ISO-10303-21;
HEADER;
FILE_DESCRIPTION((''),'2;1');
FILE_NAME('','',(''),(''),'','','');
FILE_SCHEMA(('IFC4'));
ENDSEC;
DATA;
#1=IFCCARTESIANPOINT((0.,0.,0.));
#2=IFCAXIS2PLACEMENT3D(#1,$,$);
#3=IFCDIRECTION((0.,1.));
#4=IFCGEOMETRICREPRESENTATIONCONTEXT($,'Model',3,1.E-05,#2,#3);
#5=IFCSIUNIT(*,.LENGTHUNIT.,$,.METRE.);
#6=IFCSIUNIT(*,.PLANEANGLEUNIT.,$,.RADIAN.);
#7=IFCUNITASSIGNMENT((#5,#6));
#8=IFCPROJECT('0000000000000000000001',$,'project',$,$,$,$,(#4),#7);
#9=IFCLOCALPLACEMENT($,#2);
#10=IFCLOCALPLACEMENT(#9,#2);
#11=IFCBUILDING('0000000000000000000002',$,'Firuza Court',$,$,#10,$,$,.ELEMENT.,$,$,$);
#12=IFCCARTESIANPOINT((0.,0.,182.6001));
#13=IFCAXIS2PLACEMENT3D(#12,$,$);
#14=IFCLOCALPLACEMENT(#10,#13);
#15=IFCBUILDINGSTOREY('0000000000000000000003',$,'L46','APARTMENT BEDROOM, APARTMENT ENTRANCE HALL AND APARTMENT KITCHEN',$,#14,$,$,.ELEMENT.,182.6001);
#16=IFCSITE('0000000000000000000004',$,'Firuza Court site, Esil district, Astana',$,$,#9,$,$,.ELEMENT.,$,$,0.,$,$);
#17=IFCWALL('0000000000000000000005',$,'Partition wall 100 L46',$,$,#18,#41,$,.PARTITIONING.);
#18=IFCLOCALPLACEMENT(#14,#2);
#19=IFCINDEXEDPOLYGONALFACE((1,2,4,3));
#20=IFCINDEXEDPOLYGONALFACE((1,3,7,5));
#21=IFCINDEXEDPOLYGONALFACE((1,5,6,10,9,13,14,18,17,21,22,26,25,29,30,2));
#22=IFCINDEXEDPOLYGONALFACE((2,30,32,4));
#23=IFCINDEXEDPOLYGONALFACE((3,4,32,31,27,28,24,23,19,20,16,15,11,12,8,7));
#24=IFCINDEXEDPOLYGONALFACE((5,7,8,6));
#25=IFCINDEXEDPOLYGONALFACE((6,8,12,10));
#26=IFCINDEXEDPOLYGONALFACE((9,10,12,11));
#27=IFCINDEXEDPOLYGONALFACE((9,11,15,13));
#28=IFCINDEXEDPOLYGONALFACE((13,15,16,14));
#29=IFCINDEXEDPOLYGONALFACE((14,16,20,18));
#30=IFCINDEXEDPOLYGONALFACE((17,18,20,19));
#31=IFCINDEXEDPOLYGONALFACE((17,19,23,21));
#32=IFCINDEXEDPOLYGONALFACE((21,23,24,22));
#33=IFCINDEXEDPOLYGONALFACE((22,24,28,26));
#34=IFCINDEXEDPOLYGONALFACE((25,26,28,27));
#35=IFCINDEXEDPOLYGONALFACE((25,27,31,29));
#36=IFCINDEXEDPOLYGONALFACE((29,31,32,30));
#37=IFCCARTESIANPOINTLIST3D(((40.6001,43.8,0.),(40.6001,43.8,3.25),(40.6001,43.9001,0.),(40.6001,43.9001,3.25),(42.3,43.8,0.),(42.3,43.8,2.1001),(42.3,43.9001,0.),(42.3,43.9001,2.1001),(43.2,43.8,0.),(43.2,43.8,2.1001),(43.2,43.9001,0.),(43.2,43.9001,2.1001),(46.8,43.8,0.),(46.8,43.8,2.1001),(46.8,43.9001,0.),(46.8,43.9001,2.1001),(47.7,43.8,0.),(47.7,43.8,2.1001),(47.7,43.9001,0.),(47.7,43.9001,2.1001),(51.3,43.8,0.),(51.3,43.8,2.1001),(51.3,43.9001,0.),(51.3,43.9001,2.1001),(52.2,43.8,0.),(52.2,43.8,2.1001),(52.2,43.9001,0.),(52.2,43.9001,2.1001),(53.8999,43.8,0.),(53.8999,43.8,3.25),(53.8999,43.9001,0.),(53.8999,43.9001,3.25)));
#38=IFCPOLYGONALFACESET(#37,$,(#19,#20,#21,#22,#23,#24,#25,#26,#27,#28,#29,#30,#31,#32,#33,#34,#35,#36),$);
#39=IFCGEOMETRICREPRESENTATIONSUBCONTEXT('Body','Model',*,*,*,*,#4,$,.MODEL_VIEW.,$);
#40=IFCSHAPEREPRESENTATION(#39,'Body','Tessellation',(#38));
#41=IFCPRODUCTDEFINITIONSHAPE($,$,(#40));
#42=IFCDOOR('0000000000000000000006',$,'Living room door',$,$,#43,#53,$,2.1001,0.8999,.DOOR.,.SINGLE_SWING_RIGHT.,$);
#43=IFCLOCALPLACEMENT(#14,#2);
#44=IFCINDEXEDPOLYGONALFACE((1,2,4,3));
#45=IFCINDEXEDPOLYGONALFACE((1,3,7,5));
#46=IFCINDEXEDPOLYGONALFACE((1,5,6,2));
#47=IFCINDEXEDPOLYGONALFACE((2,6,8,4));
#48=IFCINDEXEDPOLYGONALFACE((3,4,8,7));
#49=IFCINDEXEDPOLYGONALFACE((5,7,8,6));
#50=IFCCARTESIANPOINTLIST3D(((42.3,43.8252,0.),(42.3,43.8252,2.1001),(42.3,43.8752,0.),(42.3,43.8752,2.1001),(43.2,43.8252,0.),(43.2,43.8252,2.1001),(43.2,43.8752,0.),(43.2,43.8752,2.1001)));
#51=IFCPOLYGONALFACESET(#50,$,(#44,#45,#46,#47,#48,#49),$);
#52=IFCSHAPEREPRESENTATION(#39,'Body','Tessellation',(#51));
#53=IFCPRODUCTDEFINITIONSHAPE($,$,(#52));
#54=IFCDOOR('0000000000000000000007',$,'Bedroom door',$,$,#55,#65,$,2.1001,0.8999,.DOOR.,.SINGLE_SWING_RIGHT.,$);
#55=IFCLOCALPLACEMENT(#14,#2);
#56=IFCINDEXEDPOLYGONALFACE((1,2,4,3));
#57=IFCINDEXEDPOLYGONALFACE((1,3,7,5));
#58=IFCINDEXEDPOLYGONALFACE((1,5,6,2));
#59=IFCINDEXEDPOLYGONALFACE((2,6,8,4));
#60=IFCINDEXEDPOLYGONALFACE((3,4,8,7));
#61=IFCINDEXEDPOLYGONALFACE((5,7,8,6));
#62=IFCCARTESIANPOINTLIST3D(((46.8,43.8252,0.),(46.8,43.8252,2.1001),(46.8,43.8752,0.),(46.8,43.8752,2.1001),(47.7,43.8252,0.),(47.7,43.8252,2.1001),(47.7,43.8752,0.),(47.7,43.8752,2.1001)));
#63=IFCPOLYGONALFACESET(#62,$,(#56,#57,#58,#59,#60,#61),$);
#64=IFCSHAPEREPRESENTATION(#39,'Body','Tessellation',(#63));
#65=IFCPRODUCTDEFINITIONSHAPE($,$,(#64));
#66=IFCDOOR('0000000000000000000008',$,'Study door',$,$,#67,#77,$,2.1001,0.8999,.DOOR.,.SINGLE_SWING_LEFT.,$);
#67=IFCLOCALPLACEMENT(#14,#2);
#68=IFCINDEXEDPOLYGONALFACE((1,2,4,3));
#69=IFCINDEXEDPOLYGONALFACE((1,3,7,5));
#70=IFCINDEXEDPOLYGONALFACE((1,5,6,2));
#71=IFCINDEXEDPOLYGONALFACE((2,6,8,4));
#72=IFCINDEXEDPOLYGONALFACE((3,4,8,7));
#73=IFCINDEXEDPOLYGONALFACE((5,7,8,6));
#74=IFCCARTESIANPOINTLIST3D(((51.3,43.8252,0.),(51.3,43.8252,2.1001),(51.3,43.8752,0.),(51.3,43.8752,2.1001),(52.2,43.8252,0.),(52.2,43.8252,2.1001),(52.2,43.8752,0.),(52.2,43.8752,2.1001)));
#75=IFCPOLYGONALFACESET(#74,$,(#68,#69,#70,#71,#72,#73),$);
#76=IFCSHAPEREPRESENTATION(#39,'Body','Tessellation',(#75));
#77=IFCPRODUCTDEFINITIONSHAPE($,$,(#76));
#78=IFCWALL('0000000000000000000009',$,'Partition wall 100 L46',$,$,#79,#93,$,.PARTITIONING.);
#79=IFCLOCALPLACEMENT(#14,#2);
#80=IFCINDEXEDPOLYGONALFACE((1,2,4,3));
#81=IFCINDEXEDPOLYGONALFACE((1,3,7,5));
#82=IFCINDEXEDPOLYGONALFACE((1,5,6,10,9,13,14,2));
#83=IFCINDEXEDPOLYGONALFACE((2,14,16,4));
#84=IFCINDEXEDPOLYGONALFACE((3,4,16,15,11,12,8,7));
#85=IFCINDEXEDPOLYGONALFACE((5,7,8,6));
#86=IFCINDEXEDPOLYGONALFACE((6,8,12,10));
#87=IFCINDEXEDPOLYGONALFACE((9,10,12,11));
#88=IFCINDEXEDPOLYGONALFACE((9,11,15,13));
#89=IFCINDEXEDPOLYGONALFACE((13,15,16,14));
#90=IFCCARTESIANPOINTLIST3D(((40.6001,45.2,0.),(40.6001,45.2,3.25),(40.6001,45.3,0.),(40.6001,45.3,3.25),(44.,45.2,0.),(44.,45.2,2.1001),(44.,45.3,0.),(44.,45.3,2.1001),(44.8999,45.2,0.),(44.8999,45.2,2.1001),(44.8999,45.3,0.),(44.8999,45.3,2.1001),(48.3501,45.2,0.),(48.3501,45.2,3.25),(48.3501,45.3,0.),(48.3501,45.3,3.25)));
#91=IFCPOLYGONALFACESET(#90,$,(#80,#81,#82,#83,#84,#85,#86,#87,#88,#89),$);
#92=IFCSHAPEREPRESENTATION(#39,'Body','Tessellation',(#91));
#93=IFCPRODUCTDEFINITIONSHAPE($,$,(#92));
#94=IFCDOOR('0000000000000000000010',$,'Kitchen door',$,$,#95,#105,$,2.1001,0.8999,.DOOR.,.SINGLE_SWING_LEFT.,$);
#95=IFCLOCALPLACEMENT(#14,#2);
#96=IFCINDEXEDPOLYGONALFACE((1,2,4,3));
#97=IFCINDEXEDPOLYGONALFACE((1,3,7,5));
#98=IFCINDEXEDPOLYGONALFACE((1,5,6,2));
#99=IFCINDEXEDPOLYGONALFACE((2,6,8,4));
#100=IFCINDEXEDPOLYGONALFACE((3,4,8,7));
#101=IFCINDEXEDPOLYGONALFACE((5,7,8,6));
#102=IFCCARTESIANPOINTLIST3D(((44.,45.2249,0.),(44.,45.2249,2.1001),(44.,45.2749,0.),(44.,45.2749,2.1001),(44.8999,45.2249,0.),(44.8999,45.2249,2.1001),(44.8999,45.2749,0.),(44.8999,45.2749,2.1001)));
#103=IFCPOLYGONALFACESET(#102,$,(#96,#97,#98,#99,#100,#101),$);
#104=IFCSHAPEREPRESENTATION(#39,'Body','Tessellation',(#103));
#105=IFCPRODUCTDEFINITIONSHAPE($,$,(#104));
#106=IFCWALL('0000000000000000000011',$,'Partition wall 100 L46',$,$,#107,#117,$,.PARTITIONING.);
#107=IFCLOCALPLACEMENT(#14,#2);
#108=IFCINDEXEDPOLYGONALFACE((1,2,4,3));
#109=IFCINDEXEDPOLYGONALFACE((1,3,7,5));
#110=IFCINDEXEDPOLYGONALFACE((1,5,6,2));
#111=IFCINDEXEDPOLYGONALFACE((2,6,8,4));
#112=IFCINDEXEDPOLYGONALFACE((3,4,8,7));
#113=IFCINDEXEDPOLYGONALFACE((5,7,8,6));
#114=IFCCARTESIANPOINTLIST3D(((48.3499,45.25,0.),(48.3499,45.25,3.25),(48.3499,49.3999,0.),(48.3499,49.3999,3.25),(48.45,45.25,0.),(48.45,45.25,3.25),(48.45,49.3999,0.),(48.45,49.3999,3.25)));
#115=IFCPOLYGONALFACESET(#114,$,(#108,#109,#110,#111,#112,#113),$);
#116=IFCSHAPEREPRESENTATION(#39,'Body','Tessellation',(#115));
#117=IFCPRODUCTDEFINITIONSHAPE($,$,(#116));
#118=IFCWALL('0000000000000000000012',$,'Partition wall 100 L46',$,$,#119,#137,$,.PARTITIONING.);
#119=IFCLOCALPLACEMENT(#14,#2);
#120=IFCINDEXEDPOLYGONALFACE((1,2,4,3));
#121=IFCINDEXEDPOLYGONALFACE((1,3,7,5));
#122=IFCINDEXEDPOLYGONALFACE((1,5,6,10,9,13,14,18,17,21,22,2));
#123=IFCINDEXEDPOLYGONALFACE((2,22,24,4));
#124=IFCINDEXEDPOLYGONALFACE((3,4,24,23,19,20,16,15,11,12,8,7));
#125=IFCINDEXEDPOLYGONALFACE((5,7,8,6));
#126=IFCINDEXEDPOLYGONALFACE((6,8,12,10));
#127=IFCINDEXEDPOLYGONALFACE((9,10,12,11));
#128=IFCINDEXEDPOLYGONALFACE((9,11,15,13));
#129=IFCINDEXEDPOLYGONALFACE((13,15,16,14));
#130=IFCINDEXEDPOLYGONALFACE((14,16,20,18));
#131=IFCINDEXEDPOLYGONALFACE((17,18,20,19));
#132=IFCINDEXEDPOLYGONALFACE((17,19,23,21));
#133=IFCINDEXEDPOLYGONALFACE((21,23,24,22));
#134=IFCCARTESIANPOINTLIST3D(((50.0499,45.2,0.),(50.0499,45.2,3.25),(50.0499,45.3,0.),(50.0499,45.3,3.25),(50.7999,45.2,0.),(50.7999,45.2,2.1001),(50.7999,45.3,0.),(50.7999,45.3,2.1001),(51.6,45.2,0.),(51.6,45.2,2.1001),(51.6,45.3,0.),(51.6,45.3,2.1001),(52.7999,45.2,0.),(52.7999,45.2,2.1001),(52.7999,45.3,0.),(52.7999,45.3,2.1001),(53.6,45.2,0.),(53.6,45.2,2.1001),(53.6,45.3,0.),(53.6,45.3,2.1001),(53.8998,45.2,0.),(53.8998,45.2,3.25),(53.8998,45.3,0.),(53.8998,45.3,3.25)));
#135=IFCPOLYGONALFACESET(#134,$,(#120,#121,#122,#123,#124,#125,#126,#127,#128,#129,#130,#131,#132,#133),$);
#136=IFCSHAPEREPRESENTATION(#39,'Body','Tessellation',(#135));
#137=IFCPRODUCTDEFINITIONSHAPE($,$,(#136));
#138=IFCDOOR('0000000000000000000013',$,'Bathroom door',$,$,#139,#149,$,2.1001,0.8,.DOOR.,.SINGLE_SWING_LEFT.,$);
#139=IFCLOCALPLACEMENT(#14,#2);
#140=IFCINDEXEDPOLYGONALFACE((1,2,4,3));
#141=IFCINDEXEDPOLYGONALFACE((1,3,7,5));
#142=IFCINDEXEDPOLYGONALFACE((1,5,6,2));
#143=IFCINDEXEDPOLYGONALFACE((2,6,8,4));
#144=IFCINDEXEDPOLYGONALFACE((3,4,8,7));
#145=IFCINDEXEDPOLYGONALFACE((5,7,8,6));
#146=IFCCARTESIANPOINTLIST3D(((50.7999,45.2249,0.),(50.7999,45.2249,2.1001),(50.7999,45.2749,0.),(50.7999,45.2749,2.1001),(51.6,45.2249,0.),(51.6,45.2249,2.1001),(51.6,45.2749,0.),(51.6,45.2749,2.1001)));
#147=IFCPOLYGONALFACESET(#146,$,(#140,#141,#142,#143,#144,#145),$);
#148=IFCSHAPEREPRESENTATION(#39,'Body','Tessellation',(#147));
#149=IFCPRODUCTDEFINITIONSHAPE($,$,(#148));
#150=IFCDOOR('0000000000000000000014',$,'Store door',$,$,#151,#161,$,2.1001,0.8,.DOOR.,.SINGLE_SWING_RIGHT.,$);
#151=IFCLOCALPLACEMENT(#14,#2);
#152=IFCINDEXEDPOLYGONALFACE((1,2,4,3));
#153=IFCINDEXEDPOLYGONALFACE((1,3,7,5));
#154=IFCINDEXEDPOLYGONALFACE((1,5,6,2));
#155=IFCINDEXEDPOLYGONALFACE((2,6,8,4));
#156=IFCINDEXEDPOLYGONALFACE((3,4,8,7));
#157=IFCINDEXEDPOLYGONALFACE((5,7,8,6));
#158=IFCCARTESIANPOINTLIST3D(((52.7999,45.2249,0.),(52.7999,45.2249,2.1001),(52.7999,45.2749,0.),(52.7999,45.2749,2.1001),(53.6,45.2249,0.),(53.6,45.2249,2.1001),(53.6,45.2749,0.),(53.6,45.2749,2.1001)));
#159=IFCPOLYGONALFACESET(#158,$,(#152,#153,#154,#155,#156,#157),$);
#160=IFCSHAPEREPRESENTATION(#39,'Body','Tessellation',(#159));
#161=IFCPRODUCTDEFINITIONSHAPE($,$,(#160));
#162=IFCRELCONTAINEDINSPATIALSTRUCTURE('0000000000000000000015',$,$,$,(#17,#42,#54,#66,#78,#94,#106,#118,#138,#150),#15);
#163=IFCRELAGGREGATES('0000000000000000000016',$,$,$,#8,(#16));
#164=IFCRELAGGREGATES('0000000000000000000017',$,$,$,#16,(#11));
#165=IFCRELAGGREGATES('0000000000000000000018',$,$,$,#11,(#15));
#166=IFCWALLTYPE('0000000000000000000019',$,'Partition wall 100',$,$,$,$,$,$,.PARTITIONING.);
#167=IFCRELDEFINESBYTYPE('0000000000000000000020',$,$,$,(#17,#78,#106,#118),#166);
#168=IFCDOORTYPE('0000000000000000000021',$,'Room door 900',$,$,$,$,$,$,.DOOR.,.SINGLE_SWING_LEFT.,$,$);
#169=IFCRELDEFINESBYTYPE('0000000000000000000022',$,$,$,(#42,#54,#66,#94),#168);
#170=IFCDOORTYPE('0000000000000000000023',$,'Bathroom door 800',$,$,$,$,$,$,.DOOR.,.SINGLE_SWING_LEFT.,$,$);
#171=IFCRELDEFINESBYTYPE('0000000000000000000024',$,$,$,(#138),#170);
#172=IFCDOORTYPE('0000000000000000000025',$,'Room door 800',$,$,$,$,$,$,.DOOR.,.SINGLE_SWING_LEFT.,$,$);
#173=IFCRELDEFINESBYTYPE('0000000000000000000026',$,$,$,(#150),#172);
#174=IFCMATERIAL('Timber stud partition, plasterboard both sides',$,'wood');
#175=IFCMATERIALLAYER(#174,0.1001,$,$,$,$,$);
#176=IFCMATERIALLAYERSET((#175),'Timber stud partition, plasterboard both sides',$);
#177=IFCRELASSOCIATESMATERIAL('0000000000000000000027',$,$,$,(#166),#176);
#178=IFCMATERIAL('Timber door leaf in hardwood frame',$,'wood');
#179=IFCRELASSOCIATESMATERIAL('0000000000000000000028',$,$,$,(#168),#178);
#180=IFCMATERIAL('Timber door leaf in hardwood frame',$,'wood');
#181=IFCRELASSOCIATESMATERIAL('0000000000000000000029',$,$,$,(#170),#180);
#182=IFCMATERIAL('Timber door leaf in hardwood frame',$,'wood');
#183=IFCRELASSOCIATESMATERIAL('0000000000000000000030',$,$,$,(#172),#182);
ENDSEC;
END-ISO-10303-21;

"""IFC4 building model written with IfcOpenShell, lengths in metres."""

from ifc_helpers import new_model, si_unit, direction, frame, frame_2d, origin, place, context, subcontext, project, spatial, rectangle, extrude, material, layer, layer_set, type_object, element, fill, save


model = new_model("IFC4")

# Units and contexts
model_context = context("Model", 3, precision=1e-05, world=origin(), true_north=direction((0.0, 1.0)))
body_context = subcontext(model_context, "Body", "Model", "MODEL_VIEW")
ifc_project = project(units=[si_unit("LENGTHUNIT", "METRE"), si_unit("PLANEANGLEUNIT", "RADIAN")], contexts=[model_context])

# Site, building, storey
site_placement = place(None, origin())
site = spatial("IfcSite", under=ifc_project, at=site_placement, Name="Firuza Court site, Esil district, Astana", CompositionType="ELEMENT", RefElevation=0.0)
building_placement = place(site_placement, origin())
building = spatial("IfcBuilding", under=site, at=building_placement, Name="Firuza Court", CompositionType="ELEMENT")
storey_placement = place(building_placement, frame((0.0, 0.0, 182.6001)))
storey = spatial("IfcBuildingStorey", under=building, at=storey_placement, Name="L46", Description="APARTMENT BEDROOM, APARTMENT ENTRANCE HALL AND APARTMENT KITCHEN", CompositionType="ELEMENT", Elevation=182.6001)

# Shared definitions
ifc_material_1 = material(Name="Timber stud partition, plasterboard both sides", Category="wood")
ifc_layer_1 = layer(ifc_material_1, 0.1001)
ifc_layer_set_1 = layer_set([ifc_layer_1], Name="Timber stud partition, plasterboard both sides")
wall_type_1 = type_object("IfcWallType", Name="Partition wall 100", PredefinedType="PARTITIONING", material=ifc_layer_set_1)

# Wall, openings, doors
wall_1_placement = place(storey_placement, frame((40.6001, 43.8501, 0.0), z_axis=(0.0, 0.0, 1.0), x_axis=(1.0, 0.0, 0.0)))
wall_1 = element("IfcWall", 1, at=wall_1_placement, inside=storey, type_object=wall_type_1, Name="Partition wall 100 L46", PredefinedType="PARTITIONING", context=body_context, shape_type="SweptSolid", body=[
    extrude(rectangle(XDim=13.2998, YDim=0.1001, at=frame_2d((6.6499, 0.0))), origin(), (0.0, 0.0, 1.0), 3.25),
])
opening_1_placement = place(wall_1_placement, frame((1.7, 0.0, 0.0)))
opening_1 = element("IfcOpeningElement", 2, at=opening_1_placement, cuts=wall_1, PredefinedType="OPENING", context=body_context, shape_type="SweptSolid", body=[
    extrude(rectangle(XDim=0.8999, YDim=2.1001, at=frame_2d((0.45, 1.05))), frame((0.0, 0.062, 0.0), z_axis=(0.0, -1.0, 0.0), x_axis=(1.0, 0.0, 0.0)), (0.0, 0.0, 1.0), 0.124),
])
opening_2_placement = place(wall_1_placement, frame((6.2, 0.0, 0.0)))
opening_2 = element("IfcOpeningElement", 3, at=opening_2_placement, cuts=wall_1, PredefinedType="OPENING", context=body_context, shape_type="SweptSolid", body=[
    extrude(rectangle(XDim=0.8999, YDim=2.1001, at=frame_2d((0.45, 1.05))), frame((0.0, 0.062, 0.0), z_axis=(0.0, -1.0, 0.0), x_axis=(1.0, 0.0, 0.0)), (0.0, 0.0, 1.0), 0.124),
])
opening_3_placement = place(wall_1_placement, frame((10.7, 0.0, 0.0)))
opening_3 = element("IfcOpeningElement", 4, at=opening_3_placement, cuts=wall_1, PredefinedType="OPENING", context=body_context, shape_type="SweptSolid", body=[
    extrude(rectangle(XDim=0.8999, YDim=2.1001, at=frame_2d((0.45, 1.05))), frame((0.0, 0.062, 0.0), z_axis=(0.0, -1.0, 0.0), x_axis=(1.0, 0.0, 0.0)), (0.0, 0.0, 1.0), 0.124),
])
ifc_material_2 = material(Name="Timber door leaf in hardwood frame", Category="wood")
door_type_1 = type_object("IfcDoorType", Name="Room door 900", OperationType="SINGLE_SWING_LEFT", PredefinedType="DOOR", material=ifc_material_2)
door_1_placement = place(opening_1_placement, frame((0.8999, 0.0, 0.0), z_axis=(0.0, 0.0, 1.0), x_axis=(-1.0, 0.0, 0.0)))
door_1 = element("IfcDoor", 5, at=door_1_placement, inside=storey, type_object=door_type_1, Name="Living room door", OperationType="SINGLE_SWING_RIGHT", OverallHeight=2.1001, OverallWidth=0.8999, PredefinedType="DOOR", context=body_context, shape_type="SweptSolid", body=[
    extrude(rectangle(XDim=0.8999, YDim=2.1001, at=frame_2d((0.45, 1.05))), frame((0.0, 0.0249, 0.0), z_axis=(0.0, -1.0, 0.0), x_axis=(1.0, 0.0, 0.0)), (0.0, 0.0, 1.0), 0.05),
])
fill(opening_1, door_1)
door_2_placement = place(opening_2_placement, frame((0.8999, 0.0, 0.0), z_axis=(0.0, 0.0, 1.0), x_axis=(-1.0, 0.0, 0.0)))
door_2 = element("IfcDoor", 6, at=door_2_placement, inside=storey, type_object=door_type_1, Name="Bedroom door", OperationType="SINGLE_SWING_RIGHT", OverallHeight=2.1001, OverallWidth=0.8999, PredefinedType="DOOR", context=body_context, shape_type="SweptSolid", body=[
    extrude(rectangle(XDim=0.8999, YDim=2.1001, at=frame_2d((0.45, 1.05))), frame((0.0, 0.0249, 0.0), z_axis=(0.0, -1.0, 0.0), x_axis=(1.0, 0.0, 0.0)), (0.0, 0.0, 1.0), 0.05),
])
fill(opening_2, door_2)
door_3_placement = place(opening_3_placement, frame((0.8999, 0.0, 0.0), z_axis=(0.0, 0.0, 1.0), x_axis=(-1.0, 0.0, 0.0)))
door_3 = element("IfcDoor", 7, at=door_3_placement, inside=storey, type_object=door_type_1, Name="Study door", OperationType="SINGLE_SWING_LEFT", OverallHeight=2.1001, OverallWidth=0.8999, PredefinedType="DOOR", context=body_context, shape_type="SweptSolid", body=[
    extrude(rectangle(XDim=0.8999, YDim=2.1001, at=frame_2d((0.45, 1.05))), frame((0.0, 0.0249, 0.0), z_axis=(0.0, -1.0, 0.0), x_axis=(1.0, 0.0, 0.0)), (0.0, 0.0, 1.0), 0.05),
])
fill(opening_3, door_3)

# Wall, opening, door
wall_2_placement = place(storey_placement, frame((40.6001, 45.25, 0.0), z_axis=(0.0, 0.0, 1.0), x_axis=(1.0, 0.0, 0.0)))
wall_2 = element("IfcWall", 8, at=wall_2_placement, inside=storey, type_object=wall_type_1, Name="Partition wall 100 L46", PredefinedType="PARTITIONING", context=body_context, shape_type="SweptSolid", body=[
    extrude(rectangle(XDim=7.75, YDim=0.1001, at=frame_2d((3.875, 0.0))), origin(), (0.0, 0.0, 1.0), 3.25),
])
opening_4_placement = place(wall_2_placement, frame((3.3999, 0.0, 0.0)))
opening_4 = element("IfcOpeningElement", 9, at=opening_4_placement, cuts=wall_2, PredefinedType="OPENING", context=body_context, shape_type="SweptSolid", body=[
    extrude(rectangle(XDim=0.8999, YDim=2.1001, at=frame_2d((0.45, 1.05))), frame((0.0, 0.062, 0.0), z_axis=(0.0, -1.0, 0.0), x_axis=(1.0, 0.0, 0.0)), (0.0, 0.0, 1.0), 0.124),
])
door_4_placement = place(opening_4_placement, origin())
door_4 = element("IfcDoor", 10, at=door_4_placement, inside=storey, type_object=door_type_1, Name="Kitchen door", OperationType="SINGLE_SWING_LEFT", OverallHeight=2.1001, OverallWidth=0.8999, PredefinedType="DOOR", context=body_context, shape_type="SweptSolid", body=[
    extrude(rectangle(XDim=0.8999, YDim=2.1001, at=frame_2d((0.45, 1.05))), frame((0.0, 0.0249, 0.0), z_axis=(0.0, -1.0, 0.0), x_axis=(1.0, 0.0, 0.0)), (0.0, 0.0, 1.0), 0.05),
])
fill(opening_4, door_4)

# Wall
wall_3_placement = place(storey_placement, frame((48.3999, 45.25, 0.0), z_axis=(0.0, 0.0, 1.0), x_axis=(0.0, 1.0, 0.0)))
element("IfcWall", 11, at=wall_3_placement, inside=storey, type_object=wall_type_1, Name="Partition wall 100 L46", PredefinedType="PARTITIONING", context=body_context, shape_type="SweptSolid", body=[
    extrude(rectangle(XDim=4.1499, YDim=0.1001, at=frame_2d((2.075, 0.0))), origin(), (0.0, 0.0, 1.0), 3.25),
])

# Wall, openings, doors
wall_4_placement = place(storey_placement, frame((50.05, 45.25, 0.0), z_axis=(0.0, 0.0, 1.0), x_axis=(1.0, 0.0, 0.0)))
wall_4 = element("IfcWall", 12, at=wall_4_placement, inside=storey, type_object=wall_type_1, Name="Partition wall 100 L46", PredefinedType="PARTITIONING", context=body_context, shape_type="SweptSolid", body=[
    extrude(rectangle(XDim=3.8499, YDim=0.1001, at=frame_2d((1.9248, 0.0))), origin(), (0.0, 0.0, 1.0), 3.25),
])
opening_5_placement = place(wall_4_placement, frame((0.75, 0.0, 0.0)))
opening_5 = element("IfcOpeningElement", 13, at=opening_5_placement, cuts=wall_4, PredefinedType="OPENING", context=body_context, shape_type="SweptSolid", body=[
    extrude(rectangle(XDim=0.8, YDim=2.1001, at=frame_2d((0.3999, 1.05))), frame((0.0, 0.062, 0.0), z_axis=(0.0, -1.0, 0.0), x_axis=(1.0, 0.0, 0.0)), (0.0, 0.0, 1.0), 0.124),
])
opening_6_placement = place(wall_4_placement, frame((2.75, 0.0, 0.0)))
opening_6 = element("IfcOpeningElement", 14, at=opening_6_placement, cuts=wall_4, PredefinedType="OPENING", context=body_context, shape_type="SweptSolid", body=[
    extrude(rectangle(XDim=0.8, YDim=2.1001, at=frame_2d((0.3999, 1.05))), frame((0.0, 0.062, 0.0), z_axis=(0.0, -1.0, 0.0), x_axis=(1.0, 0.0, 0.0)), (0.0, 0.0, 1.0), 0.124),
])
ifc_material_3 = material(Name="Timber door leaf in hardwood frame", Category="wood")
door_type_2 = type_object("IfcDoorType", Name="Bathroom door 800", OperationType="SINGLE_SWING_LEFT", PredefinedType="DOOR", material=ifc_material_3)
door_5_placement = place(opening_5_placement, origin())
door_5 = element("IfcDoor", 15, at=door_5_placement, inside=storey, type_object=door_type_2, Name="Bathroom door", OperationType="SINGLE_SWING_LEFT", OverallHeight=2.1001, OverallWidth=0.8, PredefinedType="DOOR", context=body_context, shape_type="SweptSolid", body=[
    extrude(rectangle(XDim=0.8, YDim=2.1001, at=frame_2d((0.3999, 1.05))), frame((0.0, 0.0249, 0.0), z_axis=(0.0, -1.0, 0.0), x_axis=(1.0, 0.0, 0.0)), (0.0, 0.0, 1.0), 0.05),
])
fill(opening_5, door_5)
ifc_material_4 = material(Name="Timber door leaf in hardwood frame", Category="wood")
door_type_3 = type_object("IfcDoorType", Name="Room door 800", OperationType="SINGLE_SWING_LEFT", PredefinedType="DOOR", material=ifc_material_4)
door_6_placement = place(opening_6_placement, origin())
door_6 = element("IfcDoor", 16, at=door_6_placement, inside=storey, type_object=door_type_3, Name="Store door", OperationType="SINGLE_SWING_RIGHT", OverallHeight=2.1001, OverallWidth=0.8, PredefinedType="DOOR", context=body_context, shape_type="SweptSolid", body=[
    extrude(rectangle(XDim=0.8, YDim=2.1001, at=frame_2d((0.3999, 1.05))), frame((0.0, 0.0249, 0.0), z_axis=(0.0, -1.0, 0.0), x_axis=(1.0, 0.0, 0.0)), (0.0, 0.0, 1.0), 0.05),
])
fill(opening_6, door_6)

save(model, "model.ifc")
